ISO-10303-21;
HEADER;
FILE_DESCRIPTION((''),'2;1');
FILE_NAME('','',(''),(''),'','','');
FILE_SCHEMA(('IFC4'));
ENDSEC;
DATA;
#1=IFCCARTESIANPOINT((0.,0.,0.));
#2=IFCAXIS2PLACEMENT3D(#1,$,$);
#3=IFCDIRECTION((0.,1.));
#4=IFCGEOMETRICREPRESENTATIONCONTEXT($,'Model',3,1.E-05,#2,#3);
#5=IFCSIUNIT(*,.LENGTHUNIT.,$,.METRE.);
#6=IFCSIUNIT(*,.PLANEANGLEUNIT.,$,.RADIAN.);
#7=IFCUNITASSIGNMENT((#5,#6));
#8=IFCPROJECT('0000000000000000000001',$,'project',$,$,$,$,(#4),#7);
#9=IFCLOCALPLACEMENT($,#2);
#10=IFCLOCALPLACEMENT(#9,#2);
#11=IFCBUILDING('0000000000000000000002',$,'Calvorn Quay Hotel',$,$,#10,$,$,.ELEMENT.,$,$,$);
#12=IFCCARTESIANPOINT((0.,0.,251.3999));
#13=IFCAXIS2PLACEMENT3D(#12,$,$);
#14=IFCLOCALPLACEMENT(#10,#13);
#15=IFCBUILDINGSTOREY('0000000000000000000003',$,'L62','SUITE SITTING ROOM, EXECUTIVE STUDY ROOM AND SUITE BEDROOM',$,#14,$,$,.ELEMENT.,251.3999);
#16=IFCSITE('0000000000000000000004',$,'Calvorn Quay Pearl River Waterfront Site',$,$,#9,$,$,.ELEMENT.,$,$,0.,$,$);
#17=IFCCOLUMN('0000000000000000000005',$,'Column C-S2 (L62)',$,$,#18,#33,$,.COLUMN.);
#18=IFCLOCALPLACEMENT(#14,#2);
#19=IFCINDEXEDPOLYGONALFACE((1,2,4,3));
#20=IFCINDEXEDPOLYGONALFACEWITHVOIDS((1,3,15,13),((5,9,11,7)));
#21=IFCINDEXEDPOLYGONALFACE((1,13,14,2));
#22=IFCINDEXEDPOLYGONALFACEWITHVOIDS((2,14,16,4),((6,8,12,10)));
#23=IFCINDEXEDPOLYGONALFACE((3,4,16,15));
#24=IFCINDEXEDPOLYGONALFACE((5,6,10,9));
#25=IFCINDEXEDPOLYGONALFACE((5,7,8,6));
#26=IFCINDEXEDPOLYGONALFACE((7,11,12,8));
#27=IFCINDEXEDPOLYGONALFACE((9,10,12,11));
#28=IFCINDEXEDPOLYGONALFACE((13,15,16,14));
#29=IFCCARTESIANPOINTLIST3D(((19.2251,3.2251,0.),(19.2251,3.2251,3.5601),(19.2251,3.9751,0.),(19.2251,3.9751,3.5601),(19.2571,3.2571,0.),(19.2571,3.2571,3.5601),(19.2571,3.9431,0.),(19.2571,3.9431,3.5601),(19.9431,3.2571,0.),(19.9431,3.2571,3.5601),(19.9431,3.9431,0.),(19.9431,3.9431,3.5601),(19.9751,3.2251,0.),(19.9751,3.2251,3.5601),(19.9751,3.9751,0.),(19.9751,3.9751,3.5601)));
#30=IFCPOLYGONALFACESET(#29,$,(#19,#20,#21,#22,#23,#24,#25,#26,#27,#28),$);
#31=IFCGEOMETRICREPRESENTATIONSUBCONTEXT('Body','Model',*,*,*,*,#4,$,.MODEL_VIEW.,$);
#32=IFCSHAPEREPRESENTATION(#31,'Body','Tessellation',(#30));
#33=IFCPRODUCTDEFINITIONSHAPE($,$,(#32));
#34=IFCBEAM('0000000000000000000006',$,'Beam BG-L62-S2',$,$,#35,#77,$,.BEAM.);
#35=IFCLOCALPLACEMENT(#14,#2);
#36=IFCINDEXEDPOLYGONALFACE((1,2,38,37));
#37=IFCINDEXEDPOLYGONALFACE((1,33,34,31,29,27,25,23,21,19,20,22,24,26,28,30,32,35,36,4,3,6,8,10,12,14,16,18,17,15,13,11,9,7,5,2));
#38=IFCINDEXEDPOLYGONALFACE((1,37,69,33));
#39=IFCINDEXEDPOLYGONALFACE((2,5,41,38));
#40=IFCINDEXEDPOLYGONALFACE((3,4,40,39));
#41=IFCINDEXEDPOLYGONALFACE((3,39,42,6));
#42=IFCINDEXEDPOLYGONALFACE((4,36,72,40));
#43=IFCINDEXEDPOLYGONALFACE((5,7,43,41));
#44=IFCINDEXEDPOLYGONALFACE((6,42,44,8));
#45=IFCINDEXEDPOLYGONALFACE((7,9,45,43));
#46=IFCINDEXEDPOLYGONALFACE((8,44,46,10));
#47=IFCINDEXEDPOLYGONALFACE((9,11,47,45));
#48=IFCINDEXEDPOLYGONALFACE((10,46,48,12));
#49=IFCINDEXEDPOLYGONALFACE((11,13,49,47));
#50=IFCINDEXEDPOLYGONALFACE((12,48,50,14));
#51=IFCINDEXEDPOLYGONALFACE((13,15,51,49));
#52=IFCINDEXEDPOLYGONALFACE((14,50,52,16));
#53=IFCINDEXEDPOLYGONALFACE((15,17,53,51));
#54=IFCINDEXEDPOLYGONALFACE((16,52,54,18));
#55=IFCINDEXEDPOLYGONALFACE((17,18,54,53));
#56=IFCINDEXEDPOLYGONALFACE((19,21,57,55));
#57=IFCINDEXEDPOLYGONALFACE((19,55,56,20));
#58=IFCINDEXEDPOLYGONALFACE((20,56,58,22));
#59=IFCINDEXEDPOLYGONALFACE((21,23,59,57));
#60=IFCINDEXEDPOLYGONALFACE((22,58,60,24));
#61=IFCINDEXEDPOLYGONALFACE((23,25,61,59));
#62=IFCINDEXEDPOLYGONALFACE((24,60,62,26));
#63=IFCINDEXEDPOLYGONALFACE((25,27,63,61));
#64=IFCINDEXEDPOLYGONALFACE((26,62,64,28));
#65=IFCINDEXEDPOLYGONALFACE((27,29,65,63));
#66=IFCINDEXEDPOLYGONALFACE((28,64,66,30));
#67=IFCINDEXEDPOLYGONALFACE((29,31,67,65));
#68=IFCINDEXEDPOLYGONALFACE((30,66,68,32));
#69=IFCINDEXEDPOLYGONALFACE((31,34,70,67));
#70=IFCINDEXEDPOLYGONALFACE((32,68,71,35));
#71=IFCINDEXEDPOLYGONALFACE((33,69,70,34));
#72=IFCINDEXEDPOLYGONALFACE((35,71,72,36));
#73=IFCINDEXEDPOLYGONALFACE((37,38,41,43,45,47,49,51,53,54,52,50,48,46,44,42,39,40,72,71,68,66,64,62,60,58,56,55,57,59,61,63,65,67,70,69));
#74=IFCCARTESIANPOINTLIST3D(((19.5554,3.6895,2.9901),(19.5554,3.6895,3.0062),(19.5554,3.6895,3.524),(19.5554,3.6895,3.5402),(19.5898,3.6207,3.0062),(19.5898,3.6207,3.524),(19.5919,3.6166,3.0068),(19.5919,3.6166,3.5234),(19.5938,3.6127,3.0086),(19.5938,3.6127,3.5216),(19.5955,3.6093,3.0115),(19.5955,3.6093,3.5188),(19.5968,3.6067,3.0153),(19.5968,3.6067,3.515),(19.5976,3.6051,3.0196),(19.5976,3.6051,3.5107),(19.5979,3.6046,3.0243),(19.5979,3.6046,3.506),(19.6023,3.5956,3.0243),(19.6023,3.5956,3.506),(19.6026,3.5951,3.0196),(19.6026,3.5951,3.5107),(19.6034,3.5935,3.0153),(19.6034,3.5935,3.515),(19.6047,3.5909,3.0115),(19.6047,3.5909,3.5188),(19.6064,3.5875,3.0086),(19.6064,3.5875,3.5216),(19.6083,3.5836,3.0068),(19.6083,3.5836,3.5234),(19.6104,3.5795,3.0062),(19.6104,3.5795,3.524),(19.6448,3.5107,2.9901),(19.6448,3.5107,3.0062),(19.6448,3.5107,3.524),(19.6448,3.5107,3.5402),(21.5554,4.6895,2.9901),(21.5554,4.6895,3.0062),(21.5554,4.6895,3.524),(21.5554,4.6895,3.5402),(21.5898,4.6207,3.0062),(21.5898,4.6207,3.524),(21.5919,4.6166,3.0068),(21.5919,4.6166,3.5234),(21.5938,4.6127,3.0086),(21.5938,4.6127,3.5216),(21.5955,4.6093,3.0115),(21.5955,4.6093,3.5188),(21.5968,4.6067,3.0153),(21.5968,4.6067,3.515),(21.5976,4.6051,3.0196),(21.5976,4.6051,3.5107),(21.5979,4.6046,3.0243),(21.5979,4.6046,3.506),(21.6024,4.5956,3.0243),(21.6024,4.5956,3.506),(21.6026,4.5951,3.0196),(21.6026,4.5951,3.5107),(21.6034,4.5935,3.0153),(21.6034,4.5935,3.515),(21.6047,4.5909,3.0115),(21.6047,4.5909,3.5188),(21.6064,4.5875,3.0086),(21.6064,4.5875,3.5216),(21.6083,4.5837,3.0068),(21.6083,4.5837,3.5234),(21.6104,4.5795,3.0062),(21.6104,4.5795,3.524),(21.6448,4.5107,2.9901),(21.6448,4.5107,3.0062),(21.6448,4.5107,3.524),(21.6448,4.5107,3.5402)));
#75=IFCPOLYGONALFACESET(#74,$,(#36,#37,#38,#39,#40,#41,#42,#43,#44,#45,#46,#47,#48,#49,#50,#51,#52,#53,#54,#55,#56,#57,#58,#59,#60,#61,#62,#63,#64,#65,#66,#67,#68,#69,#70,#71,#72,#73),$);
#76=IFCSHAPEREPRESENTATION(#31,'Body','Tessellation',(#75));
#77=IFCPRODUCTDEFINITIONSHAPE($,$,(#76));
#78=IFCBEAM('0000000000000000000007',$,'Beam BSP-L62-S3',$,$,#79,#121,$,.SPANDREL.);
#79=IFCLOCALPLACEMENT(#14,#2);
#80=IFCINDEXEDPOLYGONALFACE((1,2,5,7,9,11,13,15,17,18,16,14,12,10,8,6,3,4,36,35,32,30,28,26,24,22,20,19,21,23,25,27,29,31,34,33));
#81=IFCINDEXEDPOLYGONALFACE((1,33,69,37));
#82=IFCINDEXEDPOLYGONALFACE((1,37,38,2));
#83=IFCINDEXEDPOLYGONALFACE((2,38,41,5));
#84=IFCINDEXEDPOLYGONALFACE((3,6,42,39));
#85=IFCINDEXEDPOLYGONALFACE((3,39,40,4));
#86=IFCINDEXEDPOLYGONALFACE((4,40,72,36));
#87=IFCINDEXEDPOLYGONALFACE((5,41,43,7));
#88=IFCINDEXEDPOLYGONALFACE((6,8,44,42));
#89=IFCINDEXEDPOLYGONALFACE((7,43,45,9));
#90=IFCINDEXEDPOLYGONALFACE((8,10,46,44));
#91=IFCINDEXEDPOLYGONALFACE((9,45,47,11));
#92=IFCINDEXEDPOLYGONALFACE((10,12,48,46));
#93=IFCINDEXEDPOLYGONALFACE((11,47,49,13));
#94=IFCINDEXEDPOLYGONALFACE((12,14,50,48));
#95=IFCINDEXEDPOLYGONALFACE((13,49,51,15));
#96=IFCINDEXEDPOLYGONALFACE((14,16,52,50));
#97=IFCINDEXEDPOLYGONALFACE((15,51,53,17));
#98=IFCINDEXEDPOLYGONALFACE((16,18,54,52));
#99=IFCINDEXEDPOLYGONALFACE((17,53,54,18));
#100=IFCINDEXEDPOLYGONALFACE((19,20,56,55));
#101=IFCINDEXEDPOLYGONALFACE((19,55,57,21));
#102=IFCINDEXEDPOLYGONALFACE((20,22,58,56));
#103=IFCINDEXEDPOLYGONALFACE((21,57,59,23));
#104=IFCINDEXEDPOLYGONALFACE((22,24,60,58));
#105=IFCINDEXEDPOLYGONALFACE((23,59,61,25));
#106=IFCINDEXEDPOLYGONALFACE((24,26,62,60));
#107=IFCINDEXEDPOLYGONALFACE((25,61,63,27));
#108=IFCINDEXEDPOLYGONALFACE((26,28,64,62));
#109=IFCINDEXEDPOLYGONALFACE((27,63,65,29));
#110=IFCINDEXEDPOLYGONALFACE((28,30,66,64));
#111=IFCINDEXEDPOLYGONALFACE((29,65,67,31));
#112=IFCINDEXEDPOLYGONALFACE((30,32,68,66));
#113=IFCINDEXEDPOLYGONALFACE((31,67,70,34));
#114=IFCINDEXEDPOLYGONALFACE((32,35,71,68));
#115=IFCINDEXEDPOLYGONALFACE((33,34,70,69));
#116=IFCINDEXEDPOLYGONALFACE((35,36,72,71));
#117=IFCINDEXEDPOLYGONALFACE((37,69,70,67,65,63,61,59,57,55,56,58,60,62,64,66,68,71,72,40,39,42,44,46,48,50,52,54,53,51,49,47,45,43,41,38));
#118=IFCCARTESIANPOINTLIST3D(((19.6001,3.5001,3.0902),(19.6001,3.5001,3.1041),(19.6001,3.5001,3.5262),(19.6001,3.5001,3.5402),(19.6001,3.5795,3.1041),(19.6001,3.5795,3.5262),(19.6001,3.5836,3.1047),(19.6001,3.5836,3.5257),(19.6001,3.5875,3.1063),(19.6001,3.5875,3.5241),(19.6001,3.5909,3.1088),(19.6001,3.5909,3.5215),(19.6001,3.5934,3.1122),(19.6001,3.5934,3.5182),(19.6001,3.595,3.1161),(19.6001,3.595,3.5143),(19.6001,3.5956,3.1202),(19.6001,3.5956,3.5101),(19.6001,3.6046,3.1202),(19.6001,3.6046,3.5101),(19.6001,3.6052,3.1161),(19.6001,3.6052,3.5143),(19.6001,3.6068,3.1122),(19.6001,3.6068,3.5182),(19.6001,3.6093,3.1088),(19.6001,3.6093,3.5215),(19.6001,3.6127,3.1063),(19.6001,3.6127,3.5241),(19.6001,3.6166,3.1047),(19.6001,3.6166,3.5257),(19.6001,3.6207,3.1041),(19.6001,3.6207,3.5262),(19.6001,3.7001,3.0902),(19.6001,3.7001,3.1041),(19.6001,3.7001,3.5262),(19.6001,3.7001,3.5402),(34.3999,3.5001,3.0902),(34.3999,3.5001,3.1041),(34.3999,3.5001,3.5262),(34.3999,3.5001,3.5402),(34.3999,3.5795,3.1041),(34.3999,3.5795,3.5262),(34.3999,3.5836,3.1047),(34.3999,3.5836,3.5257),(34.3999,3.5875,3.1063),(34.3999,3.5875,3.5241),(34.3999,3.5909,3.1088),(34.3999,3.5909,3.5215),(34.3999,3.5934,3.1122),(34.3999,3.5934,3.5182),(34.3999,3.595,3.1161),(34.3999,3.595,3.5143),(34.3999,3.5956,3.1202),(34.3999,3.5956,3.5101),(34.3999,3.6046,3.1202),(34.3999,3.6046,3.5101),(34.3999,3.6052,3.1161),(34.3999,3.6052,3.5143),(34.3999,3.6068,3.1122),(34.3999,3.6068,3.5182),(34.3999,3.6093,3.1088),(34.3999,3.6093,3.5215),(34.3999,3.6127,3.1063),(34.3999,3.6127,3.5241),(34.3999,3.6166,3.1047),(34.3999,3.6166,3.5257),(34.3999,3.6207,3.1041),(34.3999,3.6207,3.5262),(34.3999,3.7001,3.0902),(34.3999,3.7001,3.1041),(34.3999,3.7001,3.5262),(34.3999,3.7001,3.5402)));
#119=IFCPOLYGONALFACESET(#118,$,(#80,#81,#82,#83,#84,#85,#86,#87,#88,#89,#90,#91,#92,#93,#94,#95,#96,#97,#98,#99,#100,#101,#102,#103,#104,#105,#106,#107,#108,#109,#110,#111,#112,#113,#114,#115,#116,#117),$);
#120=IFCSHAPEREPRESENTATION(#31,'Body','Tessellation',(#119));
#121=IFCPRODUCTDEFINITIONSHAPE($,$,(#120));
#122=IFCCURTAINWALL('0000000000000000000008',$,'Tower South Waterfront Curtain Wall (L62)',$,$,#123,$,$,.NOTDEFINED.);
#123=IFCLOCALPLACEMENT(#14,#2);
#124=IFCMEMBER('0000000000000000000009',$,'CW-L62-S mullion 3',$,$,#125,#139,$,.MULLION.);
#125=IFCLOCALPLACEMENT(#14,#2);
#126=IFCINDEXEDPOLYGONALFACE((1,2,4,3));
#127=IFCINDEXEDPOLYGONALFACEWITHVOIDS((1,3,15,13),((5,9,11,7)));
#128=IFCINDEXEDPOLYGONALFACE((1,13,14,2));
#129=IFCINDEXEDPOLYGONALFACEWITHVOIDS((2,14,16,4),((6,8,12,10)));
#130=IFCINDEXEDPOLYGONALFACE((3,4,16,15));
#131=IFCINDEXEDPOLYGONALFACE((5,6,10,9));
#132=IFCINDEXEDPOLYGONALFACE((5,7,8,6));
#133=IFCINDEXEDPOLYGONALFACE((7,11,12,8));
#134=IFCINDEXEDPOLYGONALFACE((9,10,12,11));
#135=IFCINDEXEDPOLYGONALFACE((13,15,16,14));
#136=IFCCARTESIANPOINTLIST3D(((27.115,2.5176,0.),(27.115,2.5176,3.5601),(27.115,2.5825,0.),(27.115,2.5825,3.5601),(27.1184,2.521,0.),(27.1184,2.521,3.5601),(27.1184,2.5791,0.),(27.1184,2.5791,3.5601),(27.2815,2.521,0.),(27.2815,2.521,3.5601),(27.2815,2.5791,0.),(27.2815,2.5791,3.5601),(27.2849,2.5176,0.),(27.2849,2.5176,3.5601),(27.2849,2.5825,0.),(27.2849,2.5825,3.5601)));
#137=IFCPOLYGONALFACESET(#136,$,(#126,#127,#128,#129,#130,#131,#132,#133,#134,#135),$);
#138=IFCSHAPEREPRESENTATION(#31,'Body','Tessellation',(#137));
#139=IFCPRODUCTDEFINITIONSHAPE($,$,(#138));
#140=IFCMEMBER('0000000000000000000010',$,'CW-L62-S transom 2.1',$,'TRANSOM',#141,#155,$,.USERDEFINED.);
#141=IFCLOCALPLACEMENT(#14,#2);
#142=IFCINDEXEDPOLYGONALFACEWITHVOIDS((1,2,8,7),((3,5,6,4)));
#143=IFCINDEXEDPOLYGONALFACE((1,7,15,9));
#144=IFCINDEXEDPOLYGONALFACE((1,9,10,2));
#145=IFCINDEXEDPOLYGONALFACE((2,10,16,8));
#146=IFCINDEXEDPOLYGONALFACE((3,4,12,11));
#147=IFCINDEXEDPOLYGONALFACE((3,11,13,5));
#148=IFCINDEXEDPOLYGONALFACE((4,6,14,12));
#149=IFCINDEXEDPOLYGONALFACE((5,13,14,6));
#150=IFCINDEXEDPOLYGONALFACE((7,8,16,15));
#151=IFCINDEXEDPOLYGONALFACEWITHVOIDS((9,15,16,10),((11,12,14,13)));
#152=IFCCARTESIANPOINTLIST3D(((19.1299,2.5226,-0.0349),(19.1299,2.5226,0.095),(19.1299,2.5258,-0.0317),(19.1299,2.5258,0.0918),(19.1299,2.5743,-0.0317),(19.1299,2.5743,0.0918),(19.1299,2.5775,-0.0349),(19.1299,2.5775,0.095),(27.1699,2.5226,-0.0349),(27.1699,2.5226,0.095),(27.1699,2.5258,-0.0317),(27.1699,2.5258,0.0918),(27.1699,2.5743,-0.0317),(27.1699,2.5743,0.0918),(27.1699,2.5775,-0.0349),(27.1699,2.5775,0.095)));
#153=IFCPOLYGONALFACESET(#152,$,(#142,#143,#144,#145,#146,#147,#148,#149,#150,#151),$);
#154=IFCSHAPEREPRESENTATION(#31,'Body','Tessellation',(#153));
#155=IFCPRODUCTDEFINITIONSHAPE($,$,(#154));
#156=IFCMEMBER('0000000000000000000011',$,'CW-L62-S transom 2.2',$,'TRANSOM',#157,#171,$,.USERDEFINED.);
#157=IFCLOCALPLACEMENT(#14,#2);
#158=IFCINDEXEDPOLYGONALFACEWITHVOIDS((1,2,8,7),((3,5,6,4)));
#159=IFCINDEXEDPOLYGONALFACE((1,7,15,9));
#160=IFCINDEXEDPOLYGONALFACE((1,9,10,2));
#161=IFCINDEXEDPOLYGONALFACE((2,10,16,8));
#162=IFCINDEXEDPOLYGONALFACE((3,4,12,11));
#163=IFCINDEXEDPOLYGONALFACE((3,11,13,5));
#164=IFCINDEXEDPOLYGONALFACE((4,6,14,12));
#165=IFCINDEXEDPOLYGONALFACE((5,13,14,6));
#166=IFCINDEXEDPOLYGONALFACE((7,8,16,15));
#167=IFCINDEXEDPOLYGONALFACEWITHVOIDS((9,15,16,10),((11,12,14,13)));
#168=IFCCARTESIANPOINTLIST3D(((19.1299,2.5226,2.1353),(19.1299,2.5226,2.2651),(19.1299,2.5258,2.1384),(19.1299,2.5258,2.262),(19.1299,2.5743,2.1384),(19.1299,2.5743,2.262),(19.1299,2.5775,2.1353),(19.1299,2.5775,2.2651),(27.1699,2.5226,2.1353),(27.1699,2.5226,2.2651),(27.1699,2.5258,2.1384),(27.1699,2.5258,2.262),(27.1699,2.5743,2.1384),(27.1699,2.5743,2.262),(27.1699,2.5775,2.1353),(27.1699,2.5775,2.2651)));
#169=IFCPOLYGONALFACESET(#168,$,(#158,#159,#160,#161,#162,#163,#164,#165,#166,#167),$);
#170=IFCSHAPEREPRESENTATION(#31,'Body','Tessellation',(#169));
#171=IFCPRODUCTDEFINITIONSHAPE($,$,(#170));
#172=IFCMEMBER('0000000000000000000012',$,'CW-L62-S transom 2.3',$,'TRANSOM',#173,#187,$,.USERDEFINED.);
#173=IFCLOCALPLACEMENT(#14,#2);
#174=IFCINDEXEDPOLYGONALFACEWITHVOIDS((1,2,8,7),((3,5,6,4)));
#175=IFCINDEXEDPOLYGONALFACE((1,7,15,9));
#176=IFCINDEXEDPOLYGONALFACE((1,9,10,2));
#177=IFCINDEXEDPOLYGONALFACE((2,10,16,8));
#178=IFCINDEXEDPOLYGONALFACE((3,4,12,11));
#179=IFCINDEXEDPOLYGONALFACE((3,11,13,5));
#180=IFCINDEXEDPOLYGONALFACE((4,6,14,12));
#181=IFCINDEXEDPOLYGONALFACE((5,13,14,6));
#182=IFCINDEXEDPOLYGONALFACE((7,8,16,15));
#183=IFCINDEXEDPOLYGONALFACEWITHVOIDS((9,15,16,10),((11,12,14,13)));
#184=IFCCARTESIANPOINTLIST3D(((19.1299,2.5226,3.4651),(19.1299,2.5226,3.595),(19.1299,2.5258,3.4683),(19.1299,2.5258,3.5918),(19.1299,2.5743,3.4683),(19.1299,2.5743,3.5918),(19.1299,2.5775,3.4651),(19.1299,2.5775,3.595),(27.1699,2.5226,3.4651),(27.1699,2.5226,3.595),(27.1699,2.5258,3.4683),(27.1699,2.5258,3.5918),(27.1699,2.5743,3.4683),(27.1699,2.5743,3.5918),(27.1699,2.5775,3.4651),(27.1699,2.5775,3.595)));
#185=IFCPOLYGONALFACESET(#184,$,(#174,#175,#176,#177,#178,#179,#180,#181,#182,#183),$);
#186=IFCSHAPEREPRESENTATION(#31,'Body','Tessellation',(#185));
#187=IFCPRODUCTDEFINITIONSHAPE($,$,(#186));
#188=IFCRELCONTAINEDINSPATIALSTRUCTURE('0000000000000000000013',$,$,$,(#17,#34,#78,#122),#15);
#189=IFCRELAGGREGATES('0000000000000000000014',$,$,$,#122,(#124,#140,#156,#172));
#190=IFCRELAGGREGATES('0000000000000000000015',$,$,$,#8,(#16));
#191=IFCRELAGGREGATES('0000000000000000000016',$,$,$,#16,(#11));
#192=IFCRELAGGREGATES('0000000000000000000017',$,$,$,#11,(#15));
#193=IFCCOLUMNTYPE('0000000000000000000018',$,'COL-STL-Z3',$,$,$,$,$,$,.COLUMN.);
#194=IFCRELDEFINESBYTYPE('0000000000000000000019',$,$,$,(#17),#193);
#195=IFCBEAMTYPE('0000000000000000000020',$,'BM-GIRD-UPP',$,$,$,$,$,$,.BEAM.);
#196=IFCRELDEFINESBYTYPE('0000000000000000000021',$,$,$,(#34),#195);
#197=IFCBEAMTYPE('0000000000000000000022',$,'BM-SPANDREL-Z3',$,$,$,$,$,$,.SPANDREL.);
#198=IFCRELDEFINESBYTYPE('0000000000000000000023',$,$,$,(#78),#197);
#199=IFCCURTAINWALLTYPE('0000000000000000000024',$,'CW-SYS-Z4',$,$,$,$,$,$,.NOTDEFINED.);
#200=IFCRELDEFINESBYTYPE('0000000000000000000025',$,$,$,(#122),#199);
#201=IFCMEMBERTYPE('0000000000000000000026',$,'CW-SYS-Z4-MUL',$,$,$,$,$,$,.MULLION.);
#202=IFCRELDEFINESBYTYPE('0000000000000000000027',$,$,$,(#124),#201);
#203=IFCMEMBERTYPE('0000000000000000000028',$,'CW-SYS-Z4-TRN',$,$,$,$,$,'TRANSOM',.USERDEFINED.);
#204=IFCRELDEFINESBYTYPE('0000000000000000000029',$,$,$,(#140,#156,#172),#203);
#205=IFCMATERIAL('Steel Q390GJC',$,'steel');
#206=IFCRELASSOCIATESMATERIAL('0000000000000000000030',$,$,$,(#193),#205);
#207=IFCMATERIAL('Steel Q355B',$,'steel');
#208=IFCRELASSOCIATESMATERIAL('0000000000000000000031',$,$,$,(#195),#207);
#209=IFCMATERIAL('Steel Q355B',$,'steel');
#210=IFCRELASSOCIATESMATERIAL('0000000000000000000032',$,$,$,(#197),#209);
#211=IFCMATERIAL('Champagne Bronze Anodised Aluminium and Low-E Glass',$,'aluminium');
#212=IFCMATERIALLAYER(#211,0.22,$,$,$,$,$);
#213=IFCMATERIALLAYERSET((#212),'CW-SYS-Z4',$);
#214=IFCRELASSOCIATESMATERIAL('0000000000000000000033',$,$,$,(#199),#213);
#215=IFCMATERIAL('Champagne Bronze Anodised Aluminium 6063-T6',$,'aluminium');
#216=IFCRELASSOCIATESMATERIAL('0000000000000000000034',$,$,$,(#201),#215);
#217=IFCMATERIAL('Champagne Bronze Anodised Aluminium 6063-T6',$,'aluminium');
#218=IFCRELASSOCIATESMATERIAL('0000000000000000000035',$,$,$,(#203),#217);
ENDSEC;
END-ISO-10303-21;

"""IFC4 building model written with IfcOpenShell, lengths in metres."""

from ifc_helpers import new_model, si_unit, direction, frame, origin, origin_2d, place, context, subcontext, project, spatial, hollow_rectangle, i_section, extrude, material, layer, layer_set, material_profile, profile_set, type_object, element, aggregate, save


model = new_model("IFC4")

# Units and contexts
model_context = context("Model", 3, precision=1e-05, world=origin(), true_north=direction((0.0, 1.0)))
body_context = subcontext(model_context, "Body", "Model", "MODEL_VIEW")
ifc_project = project(units=[si_unit("LENGTHUNIT", "METRE"), si_unit("PLANEANGLEUNIT", "RADIAN")], contexts=[model_context])

# Site, building, storey
site_placement = place(None, origin())
site = spatial("IfcSite", under=ifc_project, at=site_placement, Name="Calvorn Quay Pearl River Waterfront Site", CompositionType="ELEMENT", RefElevation=0.0)
building_placement = place(site_placement, origin())
building = spatial("IfcBuilding", under=site, at=building_placement, Name="Calvorn Quay Hotel", CompositionType="ELEMENT")
storey_placement = place(building_placement, frame((0.0, 0.0, 251.3999)))
storey = spatial("IfcBuildingStorey", under=building, at=storey_placement, Name="L62", Description="SUITE SITTING ROOM, EXECUTIVE STUDY ROOM AND SUITE BEDROOM", CompositionType="ELEMENT", Elevation=251.3999)

# Column
ifc_material_1 = material(Name="Steel Q390GJC", Category="steel")
ifc_material_profile_1 = material_profile(ifc_material_1, hollow_rectangle(XDim=0.75, YDim=0.75, WallThickness=0.032, at=origin_2d()), Name="BOX750x750x32")
ifc_profile_set_1 = profile_set([ifc_material_profile_1], Name="Steel Q390GJC")
column_type = type_object("IfcColumnType", Name="COL-STL-Z3", PredefinedType="COLUMN", material=ifc_profile_set_1)
column_placement = place(storey_placement, frame((19.6001, 3.6001, 0.0), z_axis=(0.0, 0.0, 1.0), x_axis=(1.0, 0.0, 0.0)))
element("IfcColumn", 1, at=column_placement, inside=storey, type_object=column_type, Name="Column C-S2 (L62)", PredefinedType="COLUMN", context=body_context, shape_type="SweptSolid", body=[
    extrude(hollow_rectangle(XDim=0.75, YDim=0.75, WallThickness=0.032, at=origin_2d()), origin(), (0.0, 0.0, 1.0), 3.5601),
])

# Beams
ifc_material_2 = material(Name="Steel Q355B", Category="steel")
ifc_material_profile_2 = material_profile(ifc_material_2, i_section(OverallWidth=0.2, OverallDepth=0.55, WebThickness=0.01, FlangeThickness=0.0161, FilletRadius=0.0181, at=origin_2d()), Name="HN550x200x10x16")
ifc_profile_set_2 = profile_set([ifc_material_profile_2], Name="Steel Q355B")
beam_type_1 = type_object("IfcBeamType", Name="BM-GIRD-UPP", PredefinedType="BEAM", material=ifc_profile_set_2)
beam_1_placement = place(storey_placement, frame((19.6001, 3.6001, 3.2651), z_axis=(0.894427, 0.447214, 0.0), x_axis=(-0.447214, 0.894427, 0.0)))
element("IfcBeam", 2, at=beam_1_placement, inside=storey, type_object=beam_type_1, Name="Beam BG-L62-S2", PredefinedType="BEAM", context=body_context, shape_type="SweptSolid", body=[
    extrude(i_section(OverallWidth=0.2, OverallDepth=0.55, WebThickness=0.01, FlangeThickness=0.0161, FilletRadius=0.0181, at=origin_2d()), origin(), (0.0, 0.0, 1.0), 2.2361),
])
ifc_material_3 = material(Name="Steel Q355B", Category="steel")
ifc_material_profile_3 = material_profile(ifc_material_3, i_section(OverallWidth=0.2, OverallDepth=0.45, WebThickness=0.009, FlangeThickness=0.0139, FilletRadius=0.0161, at=origin_2d()), Name="HN450x200x9x14")
ifc_profile_set_3 = profile_set([ifc_material_profile_3], Name="Steel Q355B")
beam_type_2 = type_object("IfcBeamType", Name="BM-SPANDREL-Z3", PredefinedType="SPANDREL", material=ifc_profile_set_3)
beam_2_placement = place(storey_placement, frame((19.6001, 3.6001, 3.3152), z_axis=(1.0, 0.0, 0.0), x_axis=(0.0, 1.0, 0.0)))
element("IfcBeam", 3, at=beam_2_placement, inside=storey, type_object=beam_type_2, Name="Beam BSP-L62-S3", PredefinedType="SPANDREL", context=body_context, shape_type="SweptSolid", body=[
    extrude(i_section(OverallWidth=0.2, OverallDepth=0.45, WebThickness=0.009, FlangeThickness=0.0139, FilletRadius=0.0161, at=origin_2d()), origin(), (0.0, 0.0, 1.0), 14.7998),
])

# Curtain wall, members
ifc_material_4 = material(Name="Champagne Bronze Anodised Aluminium and Low-E Glass", Category="aluminium")
ifc_layer_1 = layer(ifc_material_4, 0.22)
ifc_layer_set_1 = layer_set([ifc_layer_1], Name="CW-SYS-Z4")
curtain_wall_type = type_object("IfcCurtainWallType", Name="CW-SYS-Z4", PredefinedType="NOTDEFINED", material=ifc_layer_set_1)
curtain_wall_placement = place(storey_placement, origin())
curtain_wall = element("IfcCurtainWall", 4, at=curtain_wall_placement, inside=storey, type_object=curtain_wall_type, Name="Tower South Waterfront Curtain Wall (L62)", PredefinedType="NOTDEFINED")
ifc_material_5 = material(Name="Champagne Bronze Anodised Aluminium 6063-T6", Category="aluminium")
ifc_material_profile_4 = material_profile(ifc_material_5, hollow_rectangle(XDim=0.0649, YDim=0.1699, WallThickness=0.0034, at=origin_2d()), Name="ALU-M170x65x3.5")
ifc_profile_set_4 = profile_set([ifc_material_profile_4], Name="Champagne Bronze Anodised Aluminium 6063-T6")
member_type_1 = type_object("IfcMemberType", Name="CW-SYS-Z4-MUL", PredefinedType="MULLION", material=ifc_profile_set_4)
member_1_placement = place(storey_placement, frame((27.2, 2.55, 0.0), z_axis=(0.0, 0.0, 1.0), x_axis=(0.0, 1.0, 0.0)))
member_1 = element("IfcMember", 5, at=member_1_placement, type_object=member_type_1, Name="CW-L62-S mullion 3", PredefinedType="MULLION", context=body_context, shape_type="SweptSolid", body=[
    extrude(hollow_rectangle(XDim=0.0649, YDim=0.1699, WallThickness=0.0034, at=origin_2d()), origin(), (0.0, 0.0, 1.0), 3.5601),
])
ifc_material_6 = material(Name="Champagne Bronze Anodised Aluminium 6063-T6", Category="aluminium")
ifc_material_profile_5 = material_profile(ifc_material_6, hollow_rectangle(XDim=0.0549, YDim=0.1299, WallThickness=0.0032, at=origin_2d()), Name="ALU-T130x55x3.2")
ifc_profile_set_5 = profile_set([ifc_material_profile_5], Name="Champagne Bronze Anodised Aluminium 6063-T6")
member_type_2 = type_object("IfcMemberType", Name="CW-SYS-Z4-TRN", ElementType="TRANSOM", PredefinedType="USERDEFINED", material=ifc_profile_set_5)
member_2_placement = place(storey_placement, frame((19.1299, 2.55, 0.03), z_axis=(1.0, 0.0, 0.0), x_axis=(0.0, 1.0, 0.0)))
member_2 = element("IfcMember", 6, at=member_2_placement, type_object=member_type_2, Name="CW-L62-S transom 2.1", ObjectType="TRANSOM", PredefinedType="USERDEFINED", context=body_context, shape_type="SweptSolid", body=[
    extrude(hollow_rectangle(XDim=0.0549, YDim=0.1299, WallThickness=0.0032, at=origin_2d()), origin(), (0.0, 0.0, 1.0), 8.04),
])
member_3_placement = place(storey_placement, frame((19.1299, 2.55, 2.2002), z_axis=(1.0, 0.0, 0.0), x_axis=(0.0, 1.0, 0.0)))
member_3 = element("IfcMember", 7, at=member_3_placement, type_object=member_type_2, Name="CW-L62-S transom 2.2", ObjectType="TRANSOM", PredefinedType="USERDEFINED", context=body_context, shape_type="SweptSolid", body=[
    extrude(hollow_rectangle(XDim=0.0549, YDim=0.1299, WallThickness=0.0032, at=origin_2d()), origin(), (0.0, 0.0, 1.0), 8.04),
])
member_4_placement = place(storey_placement, frame((19.1299, 2.55, 3.53), z_axis=(1.0, 0.0, 0.0), x_axis=(0.0, 1.0, 0.0)))
member_4 = element("IfcMember", 8, at=member_4_placement, type_object=member_type_2, Name="CW-L62-S transom 2.3", ObjectType="TRANSOM", PredefinedType="USERDEFINED", context=body_context, shape_type="SweptSolid", body=[
    extrude(hollow_rectangle(XDim=0.0549, YDim=0.1299, WallThickness=0.0032, at=origin_2d()), origin(), (0.0, 0.0, 1.0), 8.04),
])
aggregate(curtain_wall, [member_1, member_2, member_3, member_4])

save(model, "model.ifc")
